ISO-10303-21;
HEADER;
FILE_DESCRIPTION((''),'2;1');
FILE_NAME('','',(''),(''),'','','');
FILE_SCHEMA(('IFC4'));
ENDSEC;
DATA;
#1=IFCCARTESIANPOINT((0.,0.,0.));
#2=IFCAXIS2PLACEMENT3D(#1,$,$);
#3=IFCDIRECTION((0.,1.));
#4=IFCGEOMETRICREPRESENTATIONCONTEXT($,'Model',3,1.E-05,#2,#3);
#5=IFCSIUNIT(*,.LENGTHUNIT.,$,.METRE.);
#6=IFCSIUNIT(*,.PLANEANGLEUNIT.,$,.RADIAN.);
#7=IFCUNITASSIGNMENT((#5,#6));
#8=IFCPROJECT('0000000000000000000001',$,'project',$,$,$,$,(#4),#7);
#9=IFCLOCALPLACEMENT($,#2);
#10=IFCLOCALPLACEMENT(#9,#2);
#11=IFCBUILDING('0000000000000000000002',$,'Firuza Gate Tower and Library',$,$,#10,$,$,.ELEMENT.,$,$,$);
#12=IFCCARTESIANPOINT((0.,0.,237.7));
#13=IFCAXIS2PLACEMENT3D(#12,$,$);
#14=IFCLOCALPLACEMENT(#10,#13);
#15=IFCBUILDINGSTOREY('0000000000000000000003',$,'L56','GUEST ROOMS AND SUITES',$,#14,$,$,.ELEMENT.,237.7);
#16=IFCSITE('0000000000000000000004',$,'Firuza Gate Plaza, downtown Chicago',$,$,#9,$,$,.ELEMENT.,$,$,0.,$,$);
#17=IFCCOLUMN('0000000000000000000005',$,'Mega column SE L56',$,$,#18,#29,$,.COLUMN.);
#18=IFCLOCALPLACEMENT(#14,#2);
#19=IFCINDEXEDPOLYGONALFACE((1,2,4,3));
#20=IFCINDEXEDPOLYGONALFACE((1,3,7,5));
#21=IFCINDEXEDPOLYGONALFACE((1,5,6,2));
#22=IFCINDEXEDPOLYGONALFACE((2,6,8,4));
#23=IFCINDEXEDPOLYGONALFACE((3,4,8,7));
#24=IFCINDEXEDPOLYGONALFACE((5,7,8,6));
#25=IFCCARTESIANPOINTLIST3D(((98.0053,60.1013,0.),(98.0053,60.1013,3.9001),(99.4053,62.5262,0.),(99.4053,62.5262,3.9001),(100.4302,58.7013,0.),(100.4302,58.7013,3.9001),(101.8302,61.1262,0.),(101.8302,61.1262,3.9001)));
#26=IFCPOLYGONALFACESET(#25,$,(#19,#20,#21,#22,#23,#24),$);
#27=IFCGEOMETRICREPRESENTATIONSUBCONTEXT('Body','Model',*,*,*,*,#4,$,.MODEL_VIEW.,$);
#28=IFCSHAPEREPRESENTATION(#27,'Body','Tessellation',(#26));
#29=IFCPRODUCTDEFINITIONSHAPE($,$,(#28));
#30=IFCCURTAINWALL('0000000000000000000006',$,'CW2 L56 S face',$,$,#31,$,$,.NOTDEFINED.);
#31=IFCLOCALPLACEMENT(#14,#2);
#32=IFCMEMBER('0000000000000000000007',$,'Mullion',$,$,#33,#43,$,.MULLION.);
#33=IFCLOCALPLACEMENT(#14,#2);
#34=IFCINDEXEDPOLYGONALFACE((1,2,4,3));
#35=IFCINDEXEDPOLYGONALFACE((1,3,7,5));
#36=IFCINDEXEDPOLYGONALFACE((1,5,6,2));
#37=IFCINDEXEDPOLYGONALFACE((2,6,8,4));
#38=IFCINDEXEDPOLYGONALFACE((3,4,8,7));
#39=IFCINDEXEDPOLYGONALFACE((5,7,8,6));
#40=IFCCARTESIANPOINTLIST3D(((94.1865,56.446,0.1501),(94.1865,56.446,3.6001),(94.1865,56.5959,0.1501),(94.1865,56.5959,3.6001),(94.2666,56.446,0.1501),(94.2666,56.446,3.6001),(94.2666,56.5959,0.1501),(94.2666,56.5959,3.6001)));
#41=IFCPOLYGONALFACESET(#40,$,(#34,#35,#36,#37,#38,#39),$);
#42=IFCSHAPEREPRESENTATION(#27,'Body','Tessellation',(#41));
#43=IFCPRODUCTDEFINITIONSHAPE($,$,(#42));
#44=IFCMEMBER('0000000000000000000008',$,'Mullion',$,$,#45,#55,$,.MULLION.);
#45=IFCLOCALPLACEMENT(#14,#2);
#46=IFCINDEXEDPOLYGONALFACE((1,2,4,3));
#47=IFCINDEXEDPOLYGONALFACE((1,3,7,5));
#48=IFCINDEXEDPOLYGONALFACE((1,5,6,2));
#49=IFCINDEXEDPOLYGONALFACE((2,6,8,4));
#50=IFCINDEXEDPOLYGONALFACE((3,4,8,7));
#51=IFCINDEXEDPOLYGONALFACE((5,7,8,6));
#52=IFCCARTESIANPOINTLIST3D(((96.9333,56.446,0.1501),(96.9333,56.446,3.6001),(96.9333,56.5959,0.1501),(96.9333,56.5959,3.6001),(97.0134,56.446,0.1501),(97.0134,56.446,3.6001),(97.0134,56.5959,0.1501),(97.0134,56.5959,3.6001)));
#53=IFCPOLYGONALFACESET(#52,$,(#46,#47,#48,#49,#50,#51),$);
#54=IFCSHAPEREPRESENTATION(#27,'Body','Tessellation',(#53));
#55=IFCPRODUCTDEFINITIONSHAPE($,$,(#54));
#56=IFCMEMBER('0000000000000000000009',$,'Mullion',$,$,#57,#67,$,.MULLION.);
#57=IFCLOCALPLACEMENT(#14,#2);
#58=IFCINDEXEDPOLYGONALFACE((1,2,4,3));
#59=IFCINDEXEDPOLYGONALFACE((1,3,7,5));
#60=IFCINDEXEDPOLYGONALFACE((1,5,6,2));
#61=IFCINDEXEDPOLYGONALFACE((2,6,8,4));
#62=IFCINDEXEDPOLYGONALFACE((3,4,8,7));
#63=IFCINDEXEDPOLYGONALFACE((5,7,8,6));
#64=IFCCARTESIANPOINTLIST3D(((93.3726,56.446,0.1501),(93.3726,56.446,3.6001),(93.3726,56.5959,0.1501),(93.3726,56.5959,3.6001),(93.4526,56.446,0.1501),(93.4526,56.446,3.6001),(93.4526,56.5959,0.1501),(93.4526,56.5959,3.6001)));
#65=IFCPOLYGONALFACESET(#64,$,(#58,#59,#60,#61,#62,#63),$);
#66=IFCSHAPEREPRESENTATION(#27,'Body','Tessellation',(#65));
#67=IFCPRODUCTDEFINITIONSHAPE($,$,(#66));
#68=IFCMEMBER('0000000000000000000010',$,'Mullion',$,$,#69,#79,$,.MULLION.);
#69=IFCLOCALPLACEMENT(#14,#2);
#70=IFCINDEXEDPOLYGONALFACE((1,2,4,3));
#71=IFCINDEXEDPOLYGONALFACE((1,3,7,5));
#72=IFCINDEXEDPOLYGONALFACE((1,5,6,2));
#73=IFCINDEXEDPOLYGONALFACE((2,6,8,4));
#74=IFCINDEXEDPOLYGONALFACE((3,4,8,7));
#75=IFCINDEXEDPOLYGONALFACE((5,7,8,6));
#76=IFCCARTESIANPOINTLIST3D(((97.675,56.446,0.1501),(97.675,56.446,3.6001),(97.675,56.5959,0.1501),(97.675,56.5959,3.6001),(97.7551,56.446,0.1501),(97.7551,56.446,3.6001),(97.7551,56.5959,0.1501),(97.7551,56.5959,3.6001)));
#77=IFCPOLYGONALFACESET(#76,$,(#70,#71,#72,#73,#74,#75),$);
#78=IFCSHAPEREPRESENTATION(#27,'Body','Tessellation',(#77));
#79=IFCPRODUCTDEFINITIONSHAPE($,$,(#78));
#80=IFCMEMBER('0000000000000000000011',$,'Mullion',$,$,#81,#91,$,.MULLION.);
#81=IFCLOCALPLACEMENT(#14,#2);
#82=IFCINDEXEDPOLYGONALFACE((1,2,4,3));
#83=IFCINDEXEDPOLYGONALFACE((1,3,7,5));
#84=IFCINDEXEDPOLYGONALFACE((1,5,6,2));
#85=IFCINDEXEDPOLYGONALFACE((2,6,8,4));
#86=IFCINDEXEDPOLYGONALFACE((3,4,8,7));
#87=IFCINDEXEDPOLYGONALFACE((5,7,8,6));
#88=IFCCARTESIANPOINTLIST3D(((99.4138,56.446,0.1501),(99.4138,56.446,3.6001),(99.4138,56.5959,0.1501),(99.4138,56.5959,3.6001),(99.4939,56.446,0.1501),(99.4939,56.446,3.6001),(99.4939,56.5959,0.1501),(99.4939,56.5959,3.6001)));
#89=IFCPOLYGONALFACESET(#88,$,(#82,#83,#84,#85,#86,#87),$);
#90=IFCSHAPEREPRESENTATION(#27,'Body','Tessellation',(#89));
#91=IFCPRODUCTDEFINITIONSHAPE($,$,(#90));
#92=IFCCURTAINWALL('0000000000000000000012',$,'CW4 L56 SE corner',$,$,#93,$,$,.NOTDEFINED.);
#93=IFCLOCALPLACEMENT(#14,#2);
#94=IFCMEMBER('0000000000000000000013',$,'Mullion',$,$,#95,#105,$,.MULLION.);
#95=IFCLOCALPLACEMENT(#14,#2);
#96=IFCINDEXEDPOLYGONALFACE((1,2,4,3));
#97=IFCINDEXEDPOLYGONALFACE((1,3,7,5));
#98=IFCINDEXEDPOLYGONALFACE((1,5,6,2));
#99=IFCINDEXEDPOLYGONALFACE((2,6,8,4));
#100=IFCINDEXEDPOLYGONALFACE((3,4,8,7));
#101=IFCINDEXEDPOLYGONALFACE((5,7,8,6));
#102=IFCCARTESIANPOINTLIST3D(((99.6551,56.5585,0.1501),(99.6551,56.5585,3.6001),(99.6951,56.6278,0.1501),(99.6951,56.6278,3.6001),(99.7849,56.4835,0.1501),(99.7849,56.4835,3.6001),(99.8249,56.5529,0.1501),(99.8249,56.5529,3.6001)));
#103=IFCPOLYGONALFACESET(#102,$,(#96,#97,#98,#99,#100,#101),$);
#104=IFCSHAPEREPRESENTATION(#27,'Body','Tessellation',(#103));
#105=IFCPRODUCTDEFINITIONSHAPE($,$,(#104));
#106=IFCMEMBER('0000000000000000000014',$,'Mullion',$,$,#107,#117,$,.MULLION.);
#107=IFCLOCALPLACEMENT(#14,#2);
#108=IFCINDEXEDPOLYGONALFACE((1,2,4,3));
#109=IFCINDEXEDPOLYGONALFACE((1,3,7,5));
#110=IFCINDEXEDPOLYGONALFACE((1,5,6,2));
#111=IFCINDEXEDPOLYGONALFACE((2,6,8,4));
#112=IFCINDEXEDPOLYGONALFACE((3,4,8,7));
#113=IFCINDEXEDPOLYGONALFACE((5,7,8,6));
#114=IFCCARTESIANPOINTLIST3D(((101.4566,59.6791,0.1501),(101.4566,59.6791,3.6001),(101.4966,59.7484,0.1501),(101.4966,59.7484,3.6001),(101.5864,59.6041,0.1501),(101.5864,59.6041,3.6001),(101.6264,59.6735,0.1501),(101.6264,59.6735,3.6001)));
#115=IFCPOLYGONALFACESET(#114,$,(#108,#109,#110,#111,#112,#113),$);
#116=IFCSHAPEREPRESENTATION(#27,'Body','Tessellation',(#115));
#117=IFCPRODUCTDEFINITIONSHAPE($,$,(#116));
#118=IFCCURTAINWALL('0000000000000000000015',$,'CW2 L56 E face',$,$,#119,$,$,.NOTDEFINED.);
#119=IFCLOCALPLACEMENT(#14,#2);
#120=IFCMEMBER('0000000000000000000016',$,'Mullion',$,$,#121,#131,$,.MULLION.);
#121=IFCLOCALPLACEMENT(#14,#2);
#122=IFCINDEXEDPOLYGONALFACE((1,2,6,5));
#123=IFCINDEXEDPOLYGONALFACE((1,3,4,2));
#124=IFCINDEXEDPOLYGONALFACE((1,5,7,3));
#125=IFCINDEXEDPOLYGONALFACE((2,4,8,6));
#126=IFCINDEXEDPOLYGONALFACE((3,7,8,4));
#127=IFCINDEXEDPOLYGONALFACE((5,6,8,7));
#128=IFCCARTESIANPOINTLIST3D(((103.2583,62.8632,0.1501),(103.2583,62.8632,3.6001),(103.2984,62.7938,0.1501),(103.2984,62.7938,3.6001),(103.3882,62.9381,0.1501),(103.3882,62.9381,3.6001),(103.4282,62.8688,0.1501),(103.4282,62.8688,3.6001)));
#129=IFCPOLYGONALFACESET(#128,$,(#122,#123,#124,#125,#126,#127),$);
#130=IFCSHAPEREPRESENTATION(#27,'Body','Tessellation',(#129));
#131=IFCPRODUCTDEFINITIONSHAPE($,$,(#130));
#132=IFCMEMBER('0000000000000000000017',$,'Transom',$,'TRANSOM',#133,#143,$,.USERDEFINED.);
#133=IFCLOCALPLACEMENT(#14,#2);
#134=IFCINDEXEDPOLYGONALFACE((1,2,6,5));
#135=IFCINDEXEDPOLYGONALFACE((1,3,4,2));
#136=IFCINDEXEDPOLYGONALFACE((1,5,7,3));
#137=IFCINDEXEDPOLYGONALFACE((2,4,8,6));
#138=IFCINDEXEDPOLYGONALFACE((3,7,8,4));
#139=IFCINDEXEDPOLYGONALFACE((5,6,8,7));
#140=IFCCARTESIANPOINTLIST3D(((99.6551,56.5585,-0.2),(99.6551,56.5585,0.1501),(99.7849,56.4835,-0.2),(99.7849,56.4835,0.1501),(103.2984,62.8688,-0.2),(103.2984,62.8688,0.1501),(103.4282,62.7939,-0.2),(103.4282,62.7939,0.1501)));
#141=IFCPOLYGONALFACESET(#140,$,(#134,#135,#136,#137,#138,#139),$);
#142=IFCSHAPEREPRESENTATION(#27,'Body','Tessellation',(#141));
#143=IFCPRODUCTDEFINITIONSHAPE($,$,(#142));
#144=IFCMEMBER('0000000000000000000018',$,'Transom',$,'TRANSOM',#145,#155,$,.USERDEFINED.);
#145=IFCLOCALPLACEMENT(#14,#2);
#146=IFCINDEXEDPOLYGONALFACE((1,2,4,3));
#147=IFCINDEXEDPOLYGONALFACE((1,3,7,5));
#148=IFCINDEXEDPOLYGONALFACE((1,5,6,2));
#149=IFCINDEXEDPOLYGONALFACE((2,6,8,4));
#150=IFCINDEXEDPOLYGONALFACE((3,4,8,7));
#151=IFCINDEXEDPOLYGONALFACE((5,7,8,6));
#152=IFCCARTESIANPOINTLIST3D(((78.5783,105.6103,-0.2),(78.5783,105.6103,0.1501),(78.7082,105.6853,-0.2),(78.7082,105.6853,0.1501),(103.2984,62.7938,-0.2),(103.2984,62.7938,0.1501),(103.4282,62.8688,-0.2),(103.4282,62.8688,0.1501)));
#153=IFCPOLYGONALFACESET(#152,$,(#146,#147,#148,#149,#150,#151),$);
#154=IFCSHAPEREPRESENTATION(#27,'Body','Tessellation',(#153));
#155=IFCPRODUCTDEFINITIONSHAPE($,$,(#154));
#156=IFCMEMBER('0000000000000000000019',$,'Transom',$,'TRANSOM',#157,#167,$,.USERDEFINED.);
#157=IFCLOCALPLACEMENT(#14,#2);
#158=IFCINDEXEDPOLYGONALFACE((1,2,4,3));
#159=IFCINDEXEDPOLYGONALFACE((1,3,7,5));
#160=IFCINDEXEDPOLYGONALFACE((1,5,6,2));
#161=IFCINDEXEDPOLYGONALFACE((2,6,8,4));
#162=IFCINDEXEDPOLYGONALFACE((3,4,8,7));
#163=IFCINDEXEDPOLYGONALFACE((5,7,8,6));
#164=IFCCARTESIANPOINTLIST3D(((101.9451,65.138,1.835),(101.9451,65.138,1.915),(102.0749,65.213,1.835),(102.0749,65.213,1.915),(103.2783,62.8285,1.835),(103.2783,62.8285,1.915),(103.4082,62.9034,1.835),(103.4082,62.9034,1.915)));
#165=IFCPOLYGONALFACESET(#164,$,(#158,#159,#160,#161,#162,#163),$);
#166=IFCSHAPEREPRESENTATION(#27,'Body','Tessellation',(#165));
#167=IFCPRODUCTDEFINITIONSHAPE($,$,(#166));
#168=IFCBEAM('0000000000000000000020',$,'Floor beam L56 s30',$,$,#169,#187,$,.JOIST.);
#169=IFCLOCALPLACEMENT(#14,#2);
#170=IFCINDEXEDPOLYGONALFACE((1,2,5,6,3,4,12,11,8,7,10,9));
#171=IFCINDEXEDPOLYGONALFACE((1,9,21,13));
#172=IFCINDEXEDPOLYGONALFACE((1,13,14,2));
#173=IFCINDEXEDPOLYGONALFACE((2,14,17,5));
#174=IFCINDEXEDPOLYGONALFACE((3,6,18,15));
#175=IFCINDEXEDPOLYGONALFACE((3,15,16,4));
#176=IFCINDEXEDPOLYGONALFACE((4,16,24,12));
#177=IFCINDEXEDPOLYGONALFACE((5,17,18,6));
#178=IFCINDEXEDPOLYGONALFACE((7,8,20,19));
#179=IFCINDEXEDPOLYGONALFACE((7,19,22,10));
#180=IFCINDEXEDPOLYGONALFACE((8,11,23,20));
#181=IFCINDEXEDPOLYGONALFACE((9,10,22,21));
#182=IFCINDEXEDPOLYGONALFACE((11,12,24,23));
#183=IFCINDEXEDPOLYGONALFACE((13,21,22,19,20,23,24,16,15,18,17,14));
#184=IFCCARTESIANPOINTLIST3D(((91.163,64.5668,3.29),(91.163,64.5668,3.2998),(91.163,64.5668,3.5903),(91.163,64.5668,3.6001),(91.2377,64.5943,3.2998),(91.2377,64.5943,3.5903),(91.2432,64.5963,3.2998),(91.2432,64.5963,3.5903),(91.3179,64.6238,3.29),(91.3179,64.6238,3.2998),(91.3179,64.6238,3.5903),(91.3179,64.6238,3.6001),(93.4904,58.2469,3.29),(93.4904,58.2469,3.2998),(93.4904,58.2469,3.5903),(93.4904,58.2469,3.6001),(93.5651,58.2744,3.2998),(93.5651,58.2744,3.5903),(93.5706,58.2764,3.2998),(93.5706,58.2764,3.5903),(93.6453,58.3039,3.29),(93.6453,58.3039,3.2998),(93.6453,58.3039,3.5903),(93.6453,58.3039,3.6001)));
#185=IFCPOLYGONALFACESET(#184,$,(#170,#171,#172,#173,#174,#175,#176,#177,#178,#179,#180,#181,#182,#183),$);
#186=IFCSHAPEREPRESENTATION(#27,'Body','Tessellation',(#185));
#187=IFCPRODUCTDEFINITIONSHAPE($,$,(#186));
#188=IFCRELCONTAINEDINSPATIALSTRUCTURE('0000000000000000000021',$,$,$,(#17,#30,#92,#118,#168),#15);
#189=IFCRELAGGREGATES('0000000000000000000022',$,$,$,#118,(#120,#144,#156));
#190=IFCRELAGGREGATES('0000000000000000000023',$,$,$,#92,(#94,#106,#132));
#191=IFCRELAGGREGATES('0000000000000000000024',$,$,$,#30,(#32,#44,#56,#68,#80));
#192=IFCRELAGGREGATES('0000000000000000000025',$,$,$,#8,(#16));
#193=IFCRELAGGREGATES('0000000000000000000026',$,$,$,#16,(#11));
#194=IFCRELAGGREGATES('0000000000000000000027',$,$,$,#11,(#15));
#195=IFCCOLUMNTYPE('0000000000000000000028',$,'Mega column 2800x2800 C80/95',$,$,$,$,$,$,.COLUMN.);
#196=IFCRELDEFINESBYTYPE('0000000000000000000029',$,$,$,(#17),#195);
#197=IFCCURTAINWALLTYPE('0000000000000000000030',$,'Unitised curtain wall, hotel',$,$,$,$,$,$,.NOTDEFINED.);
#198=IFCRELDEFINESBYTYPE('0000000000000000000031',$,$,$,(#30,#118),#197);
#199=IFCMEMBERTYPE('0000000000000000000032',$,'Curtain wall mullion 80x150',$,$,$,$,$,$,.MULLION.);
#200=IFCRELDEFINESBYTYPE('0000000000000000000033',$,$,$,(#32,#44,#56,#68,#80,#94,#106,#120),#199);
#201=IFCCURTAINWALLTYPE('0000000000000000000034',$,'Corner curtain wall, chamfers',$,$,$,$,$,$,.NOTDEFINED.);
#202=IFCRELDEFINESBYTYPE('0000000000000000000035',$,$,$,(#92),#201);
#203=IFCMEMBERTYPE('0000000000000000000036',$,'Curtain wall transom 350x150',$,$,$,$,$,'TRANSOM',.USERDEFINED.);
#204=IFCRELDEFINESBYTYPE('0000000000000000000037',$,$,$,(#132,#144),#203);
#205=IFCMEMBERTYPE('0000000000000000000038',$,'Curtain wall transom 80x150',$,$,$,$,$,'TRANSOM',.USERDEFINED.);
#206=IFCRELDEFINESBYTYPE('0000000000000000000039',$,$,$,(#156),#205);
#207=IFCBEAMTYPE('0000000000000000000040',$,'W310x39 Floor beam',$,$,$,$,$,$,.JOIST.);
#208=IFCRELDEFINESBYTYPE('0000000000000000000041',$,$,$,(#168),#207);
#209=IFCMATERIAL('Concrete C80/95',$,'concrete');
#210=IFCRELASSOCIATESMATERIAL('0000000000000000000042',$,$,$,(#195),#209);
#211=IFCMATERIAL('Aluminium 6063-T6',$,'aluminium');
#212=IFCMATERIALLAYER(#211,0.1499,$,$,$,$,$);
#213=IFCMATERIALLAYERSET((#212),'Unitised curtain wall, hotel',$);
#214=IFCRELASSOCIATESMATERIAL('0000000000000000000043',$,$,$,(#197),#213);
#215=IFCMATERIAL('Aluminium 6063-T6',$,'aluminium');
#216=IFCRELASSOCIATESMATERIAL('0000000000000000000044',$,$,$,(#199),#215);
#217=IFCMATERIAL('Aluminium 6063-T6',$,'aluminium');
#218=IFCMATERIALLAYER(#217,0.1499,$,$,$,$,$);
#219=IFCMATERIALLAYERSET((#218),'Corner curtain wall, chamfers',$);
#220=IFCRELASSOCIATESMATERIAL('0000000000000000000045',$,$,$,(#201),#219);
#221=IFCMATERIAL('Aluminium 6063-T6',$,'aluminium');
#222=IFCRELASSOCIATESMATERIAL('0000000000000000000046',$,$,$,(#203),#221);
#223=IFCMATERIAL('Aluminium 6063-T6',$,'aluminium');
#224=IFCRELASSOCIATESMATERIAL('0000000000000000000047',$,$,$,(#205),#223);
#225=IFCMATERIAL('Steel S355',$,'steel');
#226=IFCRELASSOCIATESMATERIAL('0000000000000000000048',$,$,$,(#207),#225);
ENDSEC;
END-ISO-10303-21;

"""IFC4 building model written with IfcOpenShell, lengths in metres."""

from ifc_helpers import new_model, si_unit, direction, frame, origin, origin_2d, place, context, subcontext, project, spatial, rectangle, i_section, extrude, material, layer, layer_set, material_profile, profile_set, type_object, element, aggregate, save


model = new_model("IFC4")

# Units and contexts
model_context = context("Model", 3, precision=1e-05, world=origin(), true_north=direction((0.0, 1.0)))
body_context = subcontext(model_context, "Body", "Model", "MODEL_VIEW")
ifc_project = project(units=[si_unit("LENGTHUNIT", "METRE"), si_unit("PLANEANGLEUNIT", "RADIAN")], contexts=[model_context])

# Site, building, storey
site_placement = place(None, origin())
site = spatial("IfcSite", under=ifc_project, at=site_placement, Name="Firuza Gate Plaza, downtown Chicago", CompositionType="ELEMENT", RefElevation=0.0)
building_placement = place(site_placement, origin())
building = spatial("IfcBuilding", under=site, at=building_placement, Name="Firuza Gate Tower and Library", CompositionType="ELEMENT")
storey_placement = place(building_placement, frame((0.0, 0.0, 237.7)))
storey = spatial("IfcBuildingStorey", under=building, at=storey_placement, Name="L56", Description="GUEST ROOMS AND SUITES", CompositionType="ELEMENT", Elevation=237.7)

# Column
ifc_material_1 = material(Name="Concrete C80/95", Category="concrete")
ifc_material_profile_1 = material_profile(ifc_material_1, rectangle(XDim=2.8, YDim=2.8, at=origin_2d()))
ifc_profile_set_1 = profile_set([ifc_material_profile_1], Name="Concrete C80/95")
column_type = type_object("IfcColumnType", Name="Mega column 2800x2800 C80/95", PredefinedType="COLUMN", material=ifc_profile_set_1)
column_placement = place(storey_placement, frame((99.9177, 60.6138, 0.0), z_axis=(0.0, 0.0, 1.0), x_axis=(0.5, 0.866025, 0.0)))
element("IfcColumn", 1, at=column_placement, inside=storey, type_object=column_type, Name="Mega column SE L56", PredefinedType="COLUMN", context=body_context, shape_type="SweptSolid", body=[
    extrude(rectangle(XDim=2.8, YDim=2.8, at=origin_2d()), origin(), (0.0, 0.0, 1.0), 3.9001),
])

# Curtain walls, members
ifc_material_2 = material(Name="Aluminium 6063-T6", Category="aluminium")
ifc_layer_1 = layer(ifc_material_2, 0.1499)
ifc_layer_set_1 = layer_set([ifc_layer_1], Name="Unitised curtain wall, hotel")
curtain_wall_type_1 = type_object("IfcCurtainWallType", Name="Unitised curtain wall, hotel", PredefinedType="NOTDEFINED", material=ifc_layer_set_1)
placement = place(storey_placement, origin())
curtain_wall_1 = element("IfcCurtainWall", 2, at=placement, inside=storey, type_object=curtain_wall_type_1, Name="CW2 L56 S face", PredefinedType="NOTDEFINED")
ifc_material_3 = material(Name="Aluminium 6063-T6", Category="aluminium")
ifc_material_profile_2 = material_profile(ifc_material_3, rectangle(XDim=0.1499, YDim=0.0801, at=origin_2d()))
ifc_profile_set_2 = profile_set([ifc_material_profile_2], Name="Aluminium 6063-T6")
member_type_1 = type_object("IfcMemberType", Name="Curtain wall mullion 80x150", PredefinedType="MULLION", material=ifc_profile_set_2)
member_1_placement = place(storey_placement, frame((94.2266, 56.521, 0.1501), z_axis=(0.0, 0.0, 1.0), x_axis=(0.0, 1.0, 0.0)))
member_1 = element("IfcMember", 3, at=member_1_placement, type_object=member_type_1, Name="Mullion", PredefinedType="MULLION", context=body_context, shape_type="SweptSolid", body=[
    extrude(rectangle(XDim=0.1499, YDim=0.0801, at=origin_2d()), origin(), (0.0, 0.0, 1.0), 3.45),
])
member_2_placement = place(storey_placement, frame((96.9734, 56.521, 0.1501), z_axis=(0.0, 0.0, 1.0), x_axis=(0.0, 1.0, 0.0)))
member_2 = element("IfcMember", 4, at=member_2_placement, type_object=member_type_1, Name="Mullion", PredefinedType="MULLION", context=body_context, shape_type="SweptSolid", body=[
    extrude(rectangle(XDim=0.1499, YDim=0.0801, at=origin_2d()), origin(), (0.0, 0.0, 1.0), 3.45),
])
member_3_placement = place(storey_placement, frame((93.4126, 56.521, 0.1501), z_axis=(0.0, 0.0, 1.0), x_axis=(0.0, 1.0, 0.0)))
member_3 = element("IfcMember", 5, at=member_3_placement, type_object=member_type_1, Name="Mullion", PredefinedType="MULLION", context=body_context, shape_type="SweptSolid", body=[
    extrude(rectangle(XDim=0.1499, YDim=0.0801, at=origin_2d()), origin(), (0.0, 0.0, 1.0), 3.45),
])
member_4_placement = place(storey_placement, frame((97.7151, 56.521, 0.1501), z_axis=(0.0, 0.0, 1.0), x_axis=(0.0, 1.0, 0.0)))
member_4 = element("IfcMember", 6, at=member_4_placement, type_object=member_type_1, Name="Mullion", PredefinedType="MULLION", context=body_context, shape_type="SweptSolid", body=[
    extrude(rectangle(XDim=0.1499, YDim=0.0801, at=origin_2d()), origin(), (0.0, 0.0, 1.0), 3.45),
])
member_5_placement = place(storey_placement, frame((99.4539, 56.521, 0.1501), z_axis=(0.0, 0.0, 1.0), x_axis=(0.0, 1.0, 0.0)))
member_5 = element("IfcMember", 7, at=member_5_placement, type_object=member_type_1, Name="Mullion", PredefinedType="MULLION", context=body_context, shape_type="SweptSolid", body=[
    extrude(rectangle(XDim=0.1499, YDim=0.0801, at=origin_2d()), origin(), (0.0, 0.0, 1.0), 3.45),
])
ifc_material_4 = material(Name="Aluminium 6063-T6", Category="aluminium")
ifc_layer_2 = layer(ifc_material_4, 0.1499)
ifc_layer_set_2 = layer_set([ifc_layer_2], Name="Corner curtain wall, chamfers")
curtain_wall_type_2 = type_object("IfcCurtainWallType", Name="Corner curtain wall, chamfers", PredefinedType="NOTDEFINED", material=ifc_layer_set_2)
curtain_wall_2 = element("IfcCurtainWall", 8, at=placement, inside=storey, type_object=curtain_wall_type_2, Name="CW4 L56 SE corner", PredefinedType="NOTDEFINED")
member_6_placement = place(storey_placement, frame((99.74, 56.5557, 0.1501), z_axis=(0.0, 0.0, 1.0), x_axis=(-0.866025, 0.5, 0.0)))
member_6 = element("IfcMember", 9, at=member_6_placement, type_object=member_type_1, Name="Mullion", PredefinedType="MULLION", context=body_context, shape_type="SweptSolid", body=[
    extrude(rectangle(XDim=0.1499, YDim=0.0801, at=origin_2d()), origin(), (0.0, 0.0, 1.0), 3.45),
])
member_7_placement = place(storey_placement, frame((101.5415, 59.6763, 0.1501), z_axis=(0.0, 0.0, 1.0), x_axis=(-0.866025, 0.5, 0.0)))
member_7 = element("IfcMember", 10, at=member_7_placement, type_object=member_type_1, Name="Mullion", PredefinedType="MULLION", context=body_context, shape_type="SweptSolid", body=[
    extrude(rectangle(XDim=0.1499, YDim=0.0801, at=origin_2d()), origin(), (0.0, 0.0, 1.0), 3.45),
])

# Curtain wall, member
curtain_wall_3 = element("IfcCurtainWall", 11, at=placement, inside=storey, type_object=curtain_wall_type_1, Name="CW2 L56 E face", PredefinedType="NOTDEFINED")
member_8_placement = place(storey_placement, frame((103.3433, 62.866, 0.1501), z_axis=(0.0, 0.0, 1.0), x_axis=(-0.866025, -0.5, 0.0)))
member_8 = element("IfcMember", 12, at=member_8_placement, type_object=member_type_1, Name="Mullion", PredefinedType="MULLION", context=body_context, shape_type="SweptSolid", body=[
    extrude(rectangle(XDim=0.1499, YDim=0.0801, at=origin_2d()), origin(), (0.0, 0.0, 1.0), 3.45),
])

# Members
ifc_material_5 = material(Name="Aluminium 6063-T6", Category="aluminium")
ifc_material_profile_3 = material_profile(ifc_material_5, rectangle(XDim=0.1499, YDim=0.3501, at=origin_2d()))
ifc_profile_set_3 = profile_set([ifc_material_profile_3], Name="Aluminium 6063-T6")
member_type_2 = type_object("IfcMemberType", Name="Curtain wall transom 350x150", ElementType="TRANSOM", PredefinedType="USERDEFINED", material=ifc_profile_set_3)
member_9_placement = place(storey_placement, frame((99.72, 56.521, -0.0249), z_axis=(0.500006, 0.866022, 0.0), x_axis=(-0.866022, 0.500006, 0.0)))
member_9 = element("IfcMember", 13, at=member_9_placement, type_object=member_type_2, Name="Transom", ObjectType="TRANSOM", PredefinedType="USERDEFINED", context=body_context, shape_type="SweptSolid", body=[
    extrude(rectangle(XDim=0.1499, YDim=0.3501, at=origin_2d()), origin(), (0.0, 0.0, 1.0), 7.2866),
])
member_10_placement = place(storey_placement, frame((103.3633, 62.8313, -0.0249), z_axis=(-0.499999, 0.866026, 0.0), x_axis=(-0.866026, -0.499999, 0.0)))
member_10 = element("IfcMember", 14, at=member_10_placement, type_object=member_type_2, Name="Transom", ObjectType="TRANSOM", PredefinedType="USERDEFINED", context=body_context, shape_type="SweptSolid", body=[
    extrude(rectangle(XDim=0.1499, YDim=0.3501, at=origin_2d()), origin(), (0.0, 0.0, 1.0), 49.4402),
])
ifc_material_6 = material(Name="Aluminium 6063-T6", Category="aluminium")
ifc_material_profile_4 = material_profile(ifc_material_6, rectangle(XDim=0.1499, YDim=0.0801, at=origin_2d()))
ifc_profile_set_4 = profile_set([ifc_material_profile_4], Name="Aluminium 6063-T6")
member_type_3 = type_object("IfcMemberType", Name="Curtain wall transom 80x150", ElementType="TRANSOM", PredefinedType="USERDEFINED", material=ifc_profile_set_4)
member_11_placement = place(storey_placement, frame((103.3433, 62.866, 1.875), z_axis=(-0.49995, 0.866054, 0.0), x_axis=(-0.866054, -0.49995, 0.0)))
member_11 = element("IfcMember", 15, at=member_11_placement, type_object=member_type_3, Name="Transom", ObjectType="TRANSOM", PredefinedType="USERDEFINED", context=body_context, shape_type="SweptSolid", body=[
    extrude(rectangle(XDim=0.1499, YDim=0.0801, at=origin_2d()), origin(), (0.0, 0.0, 1.0), 2.6667),
])
aggregate(curtain_wall_3, [member_8, member_10, member_11])

# Beam
ifc_material_7 = material(Name="Steel S355", Category="steel")
ifc_material_profile_5 = material_profile(ifc_material_7, i_section(OverallWidth=0.165, OverallDepth=0.3101, WebThickness=0.0059, FlangeThickness=0.0098, at=origin_2d()))
ifc_profile_set_5 = profile_set([ifc_material_profile_5], Name="Steel S355")
beam_type_1 = type_object("IfcBeamType", Name="W310x39 Floor beam", PredefinedType="JOIST", material=ifc_profile_set_5)
beam_1_placement = place(storey_placement, frame((93.5679, 58.2754, 3.4451), z_axis=(-0.345579, 0.93839, 0.0), x_axis=(-0.93839, -0.345579, 0.0)))
element("IfcBeam", 16, at=beam_1_placement, inside=storey, type_object=beam_type_1, Name="Floor beam L56 s30", PredefinedType="JOIST", context=body_context, shape_type="SweptSolid", body=[
    extrude(i_section(OverallWidth=0.165, OverallDepth=0.3101, WebThickness=0.0059, FlangeThickness=0.0098, at=origin_2d()), origin(), (0.0, 0.0, 1.0), 6.7349),
])

aggregate(curtain_wall_2, [member_6, member_7, member_9])
aggregate(curtain_wall_1, [member_1, member_2, member_3, member_4, member_5])

save(model, "model.ifc")
